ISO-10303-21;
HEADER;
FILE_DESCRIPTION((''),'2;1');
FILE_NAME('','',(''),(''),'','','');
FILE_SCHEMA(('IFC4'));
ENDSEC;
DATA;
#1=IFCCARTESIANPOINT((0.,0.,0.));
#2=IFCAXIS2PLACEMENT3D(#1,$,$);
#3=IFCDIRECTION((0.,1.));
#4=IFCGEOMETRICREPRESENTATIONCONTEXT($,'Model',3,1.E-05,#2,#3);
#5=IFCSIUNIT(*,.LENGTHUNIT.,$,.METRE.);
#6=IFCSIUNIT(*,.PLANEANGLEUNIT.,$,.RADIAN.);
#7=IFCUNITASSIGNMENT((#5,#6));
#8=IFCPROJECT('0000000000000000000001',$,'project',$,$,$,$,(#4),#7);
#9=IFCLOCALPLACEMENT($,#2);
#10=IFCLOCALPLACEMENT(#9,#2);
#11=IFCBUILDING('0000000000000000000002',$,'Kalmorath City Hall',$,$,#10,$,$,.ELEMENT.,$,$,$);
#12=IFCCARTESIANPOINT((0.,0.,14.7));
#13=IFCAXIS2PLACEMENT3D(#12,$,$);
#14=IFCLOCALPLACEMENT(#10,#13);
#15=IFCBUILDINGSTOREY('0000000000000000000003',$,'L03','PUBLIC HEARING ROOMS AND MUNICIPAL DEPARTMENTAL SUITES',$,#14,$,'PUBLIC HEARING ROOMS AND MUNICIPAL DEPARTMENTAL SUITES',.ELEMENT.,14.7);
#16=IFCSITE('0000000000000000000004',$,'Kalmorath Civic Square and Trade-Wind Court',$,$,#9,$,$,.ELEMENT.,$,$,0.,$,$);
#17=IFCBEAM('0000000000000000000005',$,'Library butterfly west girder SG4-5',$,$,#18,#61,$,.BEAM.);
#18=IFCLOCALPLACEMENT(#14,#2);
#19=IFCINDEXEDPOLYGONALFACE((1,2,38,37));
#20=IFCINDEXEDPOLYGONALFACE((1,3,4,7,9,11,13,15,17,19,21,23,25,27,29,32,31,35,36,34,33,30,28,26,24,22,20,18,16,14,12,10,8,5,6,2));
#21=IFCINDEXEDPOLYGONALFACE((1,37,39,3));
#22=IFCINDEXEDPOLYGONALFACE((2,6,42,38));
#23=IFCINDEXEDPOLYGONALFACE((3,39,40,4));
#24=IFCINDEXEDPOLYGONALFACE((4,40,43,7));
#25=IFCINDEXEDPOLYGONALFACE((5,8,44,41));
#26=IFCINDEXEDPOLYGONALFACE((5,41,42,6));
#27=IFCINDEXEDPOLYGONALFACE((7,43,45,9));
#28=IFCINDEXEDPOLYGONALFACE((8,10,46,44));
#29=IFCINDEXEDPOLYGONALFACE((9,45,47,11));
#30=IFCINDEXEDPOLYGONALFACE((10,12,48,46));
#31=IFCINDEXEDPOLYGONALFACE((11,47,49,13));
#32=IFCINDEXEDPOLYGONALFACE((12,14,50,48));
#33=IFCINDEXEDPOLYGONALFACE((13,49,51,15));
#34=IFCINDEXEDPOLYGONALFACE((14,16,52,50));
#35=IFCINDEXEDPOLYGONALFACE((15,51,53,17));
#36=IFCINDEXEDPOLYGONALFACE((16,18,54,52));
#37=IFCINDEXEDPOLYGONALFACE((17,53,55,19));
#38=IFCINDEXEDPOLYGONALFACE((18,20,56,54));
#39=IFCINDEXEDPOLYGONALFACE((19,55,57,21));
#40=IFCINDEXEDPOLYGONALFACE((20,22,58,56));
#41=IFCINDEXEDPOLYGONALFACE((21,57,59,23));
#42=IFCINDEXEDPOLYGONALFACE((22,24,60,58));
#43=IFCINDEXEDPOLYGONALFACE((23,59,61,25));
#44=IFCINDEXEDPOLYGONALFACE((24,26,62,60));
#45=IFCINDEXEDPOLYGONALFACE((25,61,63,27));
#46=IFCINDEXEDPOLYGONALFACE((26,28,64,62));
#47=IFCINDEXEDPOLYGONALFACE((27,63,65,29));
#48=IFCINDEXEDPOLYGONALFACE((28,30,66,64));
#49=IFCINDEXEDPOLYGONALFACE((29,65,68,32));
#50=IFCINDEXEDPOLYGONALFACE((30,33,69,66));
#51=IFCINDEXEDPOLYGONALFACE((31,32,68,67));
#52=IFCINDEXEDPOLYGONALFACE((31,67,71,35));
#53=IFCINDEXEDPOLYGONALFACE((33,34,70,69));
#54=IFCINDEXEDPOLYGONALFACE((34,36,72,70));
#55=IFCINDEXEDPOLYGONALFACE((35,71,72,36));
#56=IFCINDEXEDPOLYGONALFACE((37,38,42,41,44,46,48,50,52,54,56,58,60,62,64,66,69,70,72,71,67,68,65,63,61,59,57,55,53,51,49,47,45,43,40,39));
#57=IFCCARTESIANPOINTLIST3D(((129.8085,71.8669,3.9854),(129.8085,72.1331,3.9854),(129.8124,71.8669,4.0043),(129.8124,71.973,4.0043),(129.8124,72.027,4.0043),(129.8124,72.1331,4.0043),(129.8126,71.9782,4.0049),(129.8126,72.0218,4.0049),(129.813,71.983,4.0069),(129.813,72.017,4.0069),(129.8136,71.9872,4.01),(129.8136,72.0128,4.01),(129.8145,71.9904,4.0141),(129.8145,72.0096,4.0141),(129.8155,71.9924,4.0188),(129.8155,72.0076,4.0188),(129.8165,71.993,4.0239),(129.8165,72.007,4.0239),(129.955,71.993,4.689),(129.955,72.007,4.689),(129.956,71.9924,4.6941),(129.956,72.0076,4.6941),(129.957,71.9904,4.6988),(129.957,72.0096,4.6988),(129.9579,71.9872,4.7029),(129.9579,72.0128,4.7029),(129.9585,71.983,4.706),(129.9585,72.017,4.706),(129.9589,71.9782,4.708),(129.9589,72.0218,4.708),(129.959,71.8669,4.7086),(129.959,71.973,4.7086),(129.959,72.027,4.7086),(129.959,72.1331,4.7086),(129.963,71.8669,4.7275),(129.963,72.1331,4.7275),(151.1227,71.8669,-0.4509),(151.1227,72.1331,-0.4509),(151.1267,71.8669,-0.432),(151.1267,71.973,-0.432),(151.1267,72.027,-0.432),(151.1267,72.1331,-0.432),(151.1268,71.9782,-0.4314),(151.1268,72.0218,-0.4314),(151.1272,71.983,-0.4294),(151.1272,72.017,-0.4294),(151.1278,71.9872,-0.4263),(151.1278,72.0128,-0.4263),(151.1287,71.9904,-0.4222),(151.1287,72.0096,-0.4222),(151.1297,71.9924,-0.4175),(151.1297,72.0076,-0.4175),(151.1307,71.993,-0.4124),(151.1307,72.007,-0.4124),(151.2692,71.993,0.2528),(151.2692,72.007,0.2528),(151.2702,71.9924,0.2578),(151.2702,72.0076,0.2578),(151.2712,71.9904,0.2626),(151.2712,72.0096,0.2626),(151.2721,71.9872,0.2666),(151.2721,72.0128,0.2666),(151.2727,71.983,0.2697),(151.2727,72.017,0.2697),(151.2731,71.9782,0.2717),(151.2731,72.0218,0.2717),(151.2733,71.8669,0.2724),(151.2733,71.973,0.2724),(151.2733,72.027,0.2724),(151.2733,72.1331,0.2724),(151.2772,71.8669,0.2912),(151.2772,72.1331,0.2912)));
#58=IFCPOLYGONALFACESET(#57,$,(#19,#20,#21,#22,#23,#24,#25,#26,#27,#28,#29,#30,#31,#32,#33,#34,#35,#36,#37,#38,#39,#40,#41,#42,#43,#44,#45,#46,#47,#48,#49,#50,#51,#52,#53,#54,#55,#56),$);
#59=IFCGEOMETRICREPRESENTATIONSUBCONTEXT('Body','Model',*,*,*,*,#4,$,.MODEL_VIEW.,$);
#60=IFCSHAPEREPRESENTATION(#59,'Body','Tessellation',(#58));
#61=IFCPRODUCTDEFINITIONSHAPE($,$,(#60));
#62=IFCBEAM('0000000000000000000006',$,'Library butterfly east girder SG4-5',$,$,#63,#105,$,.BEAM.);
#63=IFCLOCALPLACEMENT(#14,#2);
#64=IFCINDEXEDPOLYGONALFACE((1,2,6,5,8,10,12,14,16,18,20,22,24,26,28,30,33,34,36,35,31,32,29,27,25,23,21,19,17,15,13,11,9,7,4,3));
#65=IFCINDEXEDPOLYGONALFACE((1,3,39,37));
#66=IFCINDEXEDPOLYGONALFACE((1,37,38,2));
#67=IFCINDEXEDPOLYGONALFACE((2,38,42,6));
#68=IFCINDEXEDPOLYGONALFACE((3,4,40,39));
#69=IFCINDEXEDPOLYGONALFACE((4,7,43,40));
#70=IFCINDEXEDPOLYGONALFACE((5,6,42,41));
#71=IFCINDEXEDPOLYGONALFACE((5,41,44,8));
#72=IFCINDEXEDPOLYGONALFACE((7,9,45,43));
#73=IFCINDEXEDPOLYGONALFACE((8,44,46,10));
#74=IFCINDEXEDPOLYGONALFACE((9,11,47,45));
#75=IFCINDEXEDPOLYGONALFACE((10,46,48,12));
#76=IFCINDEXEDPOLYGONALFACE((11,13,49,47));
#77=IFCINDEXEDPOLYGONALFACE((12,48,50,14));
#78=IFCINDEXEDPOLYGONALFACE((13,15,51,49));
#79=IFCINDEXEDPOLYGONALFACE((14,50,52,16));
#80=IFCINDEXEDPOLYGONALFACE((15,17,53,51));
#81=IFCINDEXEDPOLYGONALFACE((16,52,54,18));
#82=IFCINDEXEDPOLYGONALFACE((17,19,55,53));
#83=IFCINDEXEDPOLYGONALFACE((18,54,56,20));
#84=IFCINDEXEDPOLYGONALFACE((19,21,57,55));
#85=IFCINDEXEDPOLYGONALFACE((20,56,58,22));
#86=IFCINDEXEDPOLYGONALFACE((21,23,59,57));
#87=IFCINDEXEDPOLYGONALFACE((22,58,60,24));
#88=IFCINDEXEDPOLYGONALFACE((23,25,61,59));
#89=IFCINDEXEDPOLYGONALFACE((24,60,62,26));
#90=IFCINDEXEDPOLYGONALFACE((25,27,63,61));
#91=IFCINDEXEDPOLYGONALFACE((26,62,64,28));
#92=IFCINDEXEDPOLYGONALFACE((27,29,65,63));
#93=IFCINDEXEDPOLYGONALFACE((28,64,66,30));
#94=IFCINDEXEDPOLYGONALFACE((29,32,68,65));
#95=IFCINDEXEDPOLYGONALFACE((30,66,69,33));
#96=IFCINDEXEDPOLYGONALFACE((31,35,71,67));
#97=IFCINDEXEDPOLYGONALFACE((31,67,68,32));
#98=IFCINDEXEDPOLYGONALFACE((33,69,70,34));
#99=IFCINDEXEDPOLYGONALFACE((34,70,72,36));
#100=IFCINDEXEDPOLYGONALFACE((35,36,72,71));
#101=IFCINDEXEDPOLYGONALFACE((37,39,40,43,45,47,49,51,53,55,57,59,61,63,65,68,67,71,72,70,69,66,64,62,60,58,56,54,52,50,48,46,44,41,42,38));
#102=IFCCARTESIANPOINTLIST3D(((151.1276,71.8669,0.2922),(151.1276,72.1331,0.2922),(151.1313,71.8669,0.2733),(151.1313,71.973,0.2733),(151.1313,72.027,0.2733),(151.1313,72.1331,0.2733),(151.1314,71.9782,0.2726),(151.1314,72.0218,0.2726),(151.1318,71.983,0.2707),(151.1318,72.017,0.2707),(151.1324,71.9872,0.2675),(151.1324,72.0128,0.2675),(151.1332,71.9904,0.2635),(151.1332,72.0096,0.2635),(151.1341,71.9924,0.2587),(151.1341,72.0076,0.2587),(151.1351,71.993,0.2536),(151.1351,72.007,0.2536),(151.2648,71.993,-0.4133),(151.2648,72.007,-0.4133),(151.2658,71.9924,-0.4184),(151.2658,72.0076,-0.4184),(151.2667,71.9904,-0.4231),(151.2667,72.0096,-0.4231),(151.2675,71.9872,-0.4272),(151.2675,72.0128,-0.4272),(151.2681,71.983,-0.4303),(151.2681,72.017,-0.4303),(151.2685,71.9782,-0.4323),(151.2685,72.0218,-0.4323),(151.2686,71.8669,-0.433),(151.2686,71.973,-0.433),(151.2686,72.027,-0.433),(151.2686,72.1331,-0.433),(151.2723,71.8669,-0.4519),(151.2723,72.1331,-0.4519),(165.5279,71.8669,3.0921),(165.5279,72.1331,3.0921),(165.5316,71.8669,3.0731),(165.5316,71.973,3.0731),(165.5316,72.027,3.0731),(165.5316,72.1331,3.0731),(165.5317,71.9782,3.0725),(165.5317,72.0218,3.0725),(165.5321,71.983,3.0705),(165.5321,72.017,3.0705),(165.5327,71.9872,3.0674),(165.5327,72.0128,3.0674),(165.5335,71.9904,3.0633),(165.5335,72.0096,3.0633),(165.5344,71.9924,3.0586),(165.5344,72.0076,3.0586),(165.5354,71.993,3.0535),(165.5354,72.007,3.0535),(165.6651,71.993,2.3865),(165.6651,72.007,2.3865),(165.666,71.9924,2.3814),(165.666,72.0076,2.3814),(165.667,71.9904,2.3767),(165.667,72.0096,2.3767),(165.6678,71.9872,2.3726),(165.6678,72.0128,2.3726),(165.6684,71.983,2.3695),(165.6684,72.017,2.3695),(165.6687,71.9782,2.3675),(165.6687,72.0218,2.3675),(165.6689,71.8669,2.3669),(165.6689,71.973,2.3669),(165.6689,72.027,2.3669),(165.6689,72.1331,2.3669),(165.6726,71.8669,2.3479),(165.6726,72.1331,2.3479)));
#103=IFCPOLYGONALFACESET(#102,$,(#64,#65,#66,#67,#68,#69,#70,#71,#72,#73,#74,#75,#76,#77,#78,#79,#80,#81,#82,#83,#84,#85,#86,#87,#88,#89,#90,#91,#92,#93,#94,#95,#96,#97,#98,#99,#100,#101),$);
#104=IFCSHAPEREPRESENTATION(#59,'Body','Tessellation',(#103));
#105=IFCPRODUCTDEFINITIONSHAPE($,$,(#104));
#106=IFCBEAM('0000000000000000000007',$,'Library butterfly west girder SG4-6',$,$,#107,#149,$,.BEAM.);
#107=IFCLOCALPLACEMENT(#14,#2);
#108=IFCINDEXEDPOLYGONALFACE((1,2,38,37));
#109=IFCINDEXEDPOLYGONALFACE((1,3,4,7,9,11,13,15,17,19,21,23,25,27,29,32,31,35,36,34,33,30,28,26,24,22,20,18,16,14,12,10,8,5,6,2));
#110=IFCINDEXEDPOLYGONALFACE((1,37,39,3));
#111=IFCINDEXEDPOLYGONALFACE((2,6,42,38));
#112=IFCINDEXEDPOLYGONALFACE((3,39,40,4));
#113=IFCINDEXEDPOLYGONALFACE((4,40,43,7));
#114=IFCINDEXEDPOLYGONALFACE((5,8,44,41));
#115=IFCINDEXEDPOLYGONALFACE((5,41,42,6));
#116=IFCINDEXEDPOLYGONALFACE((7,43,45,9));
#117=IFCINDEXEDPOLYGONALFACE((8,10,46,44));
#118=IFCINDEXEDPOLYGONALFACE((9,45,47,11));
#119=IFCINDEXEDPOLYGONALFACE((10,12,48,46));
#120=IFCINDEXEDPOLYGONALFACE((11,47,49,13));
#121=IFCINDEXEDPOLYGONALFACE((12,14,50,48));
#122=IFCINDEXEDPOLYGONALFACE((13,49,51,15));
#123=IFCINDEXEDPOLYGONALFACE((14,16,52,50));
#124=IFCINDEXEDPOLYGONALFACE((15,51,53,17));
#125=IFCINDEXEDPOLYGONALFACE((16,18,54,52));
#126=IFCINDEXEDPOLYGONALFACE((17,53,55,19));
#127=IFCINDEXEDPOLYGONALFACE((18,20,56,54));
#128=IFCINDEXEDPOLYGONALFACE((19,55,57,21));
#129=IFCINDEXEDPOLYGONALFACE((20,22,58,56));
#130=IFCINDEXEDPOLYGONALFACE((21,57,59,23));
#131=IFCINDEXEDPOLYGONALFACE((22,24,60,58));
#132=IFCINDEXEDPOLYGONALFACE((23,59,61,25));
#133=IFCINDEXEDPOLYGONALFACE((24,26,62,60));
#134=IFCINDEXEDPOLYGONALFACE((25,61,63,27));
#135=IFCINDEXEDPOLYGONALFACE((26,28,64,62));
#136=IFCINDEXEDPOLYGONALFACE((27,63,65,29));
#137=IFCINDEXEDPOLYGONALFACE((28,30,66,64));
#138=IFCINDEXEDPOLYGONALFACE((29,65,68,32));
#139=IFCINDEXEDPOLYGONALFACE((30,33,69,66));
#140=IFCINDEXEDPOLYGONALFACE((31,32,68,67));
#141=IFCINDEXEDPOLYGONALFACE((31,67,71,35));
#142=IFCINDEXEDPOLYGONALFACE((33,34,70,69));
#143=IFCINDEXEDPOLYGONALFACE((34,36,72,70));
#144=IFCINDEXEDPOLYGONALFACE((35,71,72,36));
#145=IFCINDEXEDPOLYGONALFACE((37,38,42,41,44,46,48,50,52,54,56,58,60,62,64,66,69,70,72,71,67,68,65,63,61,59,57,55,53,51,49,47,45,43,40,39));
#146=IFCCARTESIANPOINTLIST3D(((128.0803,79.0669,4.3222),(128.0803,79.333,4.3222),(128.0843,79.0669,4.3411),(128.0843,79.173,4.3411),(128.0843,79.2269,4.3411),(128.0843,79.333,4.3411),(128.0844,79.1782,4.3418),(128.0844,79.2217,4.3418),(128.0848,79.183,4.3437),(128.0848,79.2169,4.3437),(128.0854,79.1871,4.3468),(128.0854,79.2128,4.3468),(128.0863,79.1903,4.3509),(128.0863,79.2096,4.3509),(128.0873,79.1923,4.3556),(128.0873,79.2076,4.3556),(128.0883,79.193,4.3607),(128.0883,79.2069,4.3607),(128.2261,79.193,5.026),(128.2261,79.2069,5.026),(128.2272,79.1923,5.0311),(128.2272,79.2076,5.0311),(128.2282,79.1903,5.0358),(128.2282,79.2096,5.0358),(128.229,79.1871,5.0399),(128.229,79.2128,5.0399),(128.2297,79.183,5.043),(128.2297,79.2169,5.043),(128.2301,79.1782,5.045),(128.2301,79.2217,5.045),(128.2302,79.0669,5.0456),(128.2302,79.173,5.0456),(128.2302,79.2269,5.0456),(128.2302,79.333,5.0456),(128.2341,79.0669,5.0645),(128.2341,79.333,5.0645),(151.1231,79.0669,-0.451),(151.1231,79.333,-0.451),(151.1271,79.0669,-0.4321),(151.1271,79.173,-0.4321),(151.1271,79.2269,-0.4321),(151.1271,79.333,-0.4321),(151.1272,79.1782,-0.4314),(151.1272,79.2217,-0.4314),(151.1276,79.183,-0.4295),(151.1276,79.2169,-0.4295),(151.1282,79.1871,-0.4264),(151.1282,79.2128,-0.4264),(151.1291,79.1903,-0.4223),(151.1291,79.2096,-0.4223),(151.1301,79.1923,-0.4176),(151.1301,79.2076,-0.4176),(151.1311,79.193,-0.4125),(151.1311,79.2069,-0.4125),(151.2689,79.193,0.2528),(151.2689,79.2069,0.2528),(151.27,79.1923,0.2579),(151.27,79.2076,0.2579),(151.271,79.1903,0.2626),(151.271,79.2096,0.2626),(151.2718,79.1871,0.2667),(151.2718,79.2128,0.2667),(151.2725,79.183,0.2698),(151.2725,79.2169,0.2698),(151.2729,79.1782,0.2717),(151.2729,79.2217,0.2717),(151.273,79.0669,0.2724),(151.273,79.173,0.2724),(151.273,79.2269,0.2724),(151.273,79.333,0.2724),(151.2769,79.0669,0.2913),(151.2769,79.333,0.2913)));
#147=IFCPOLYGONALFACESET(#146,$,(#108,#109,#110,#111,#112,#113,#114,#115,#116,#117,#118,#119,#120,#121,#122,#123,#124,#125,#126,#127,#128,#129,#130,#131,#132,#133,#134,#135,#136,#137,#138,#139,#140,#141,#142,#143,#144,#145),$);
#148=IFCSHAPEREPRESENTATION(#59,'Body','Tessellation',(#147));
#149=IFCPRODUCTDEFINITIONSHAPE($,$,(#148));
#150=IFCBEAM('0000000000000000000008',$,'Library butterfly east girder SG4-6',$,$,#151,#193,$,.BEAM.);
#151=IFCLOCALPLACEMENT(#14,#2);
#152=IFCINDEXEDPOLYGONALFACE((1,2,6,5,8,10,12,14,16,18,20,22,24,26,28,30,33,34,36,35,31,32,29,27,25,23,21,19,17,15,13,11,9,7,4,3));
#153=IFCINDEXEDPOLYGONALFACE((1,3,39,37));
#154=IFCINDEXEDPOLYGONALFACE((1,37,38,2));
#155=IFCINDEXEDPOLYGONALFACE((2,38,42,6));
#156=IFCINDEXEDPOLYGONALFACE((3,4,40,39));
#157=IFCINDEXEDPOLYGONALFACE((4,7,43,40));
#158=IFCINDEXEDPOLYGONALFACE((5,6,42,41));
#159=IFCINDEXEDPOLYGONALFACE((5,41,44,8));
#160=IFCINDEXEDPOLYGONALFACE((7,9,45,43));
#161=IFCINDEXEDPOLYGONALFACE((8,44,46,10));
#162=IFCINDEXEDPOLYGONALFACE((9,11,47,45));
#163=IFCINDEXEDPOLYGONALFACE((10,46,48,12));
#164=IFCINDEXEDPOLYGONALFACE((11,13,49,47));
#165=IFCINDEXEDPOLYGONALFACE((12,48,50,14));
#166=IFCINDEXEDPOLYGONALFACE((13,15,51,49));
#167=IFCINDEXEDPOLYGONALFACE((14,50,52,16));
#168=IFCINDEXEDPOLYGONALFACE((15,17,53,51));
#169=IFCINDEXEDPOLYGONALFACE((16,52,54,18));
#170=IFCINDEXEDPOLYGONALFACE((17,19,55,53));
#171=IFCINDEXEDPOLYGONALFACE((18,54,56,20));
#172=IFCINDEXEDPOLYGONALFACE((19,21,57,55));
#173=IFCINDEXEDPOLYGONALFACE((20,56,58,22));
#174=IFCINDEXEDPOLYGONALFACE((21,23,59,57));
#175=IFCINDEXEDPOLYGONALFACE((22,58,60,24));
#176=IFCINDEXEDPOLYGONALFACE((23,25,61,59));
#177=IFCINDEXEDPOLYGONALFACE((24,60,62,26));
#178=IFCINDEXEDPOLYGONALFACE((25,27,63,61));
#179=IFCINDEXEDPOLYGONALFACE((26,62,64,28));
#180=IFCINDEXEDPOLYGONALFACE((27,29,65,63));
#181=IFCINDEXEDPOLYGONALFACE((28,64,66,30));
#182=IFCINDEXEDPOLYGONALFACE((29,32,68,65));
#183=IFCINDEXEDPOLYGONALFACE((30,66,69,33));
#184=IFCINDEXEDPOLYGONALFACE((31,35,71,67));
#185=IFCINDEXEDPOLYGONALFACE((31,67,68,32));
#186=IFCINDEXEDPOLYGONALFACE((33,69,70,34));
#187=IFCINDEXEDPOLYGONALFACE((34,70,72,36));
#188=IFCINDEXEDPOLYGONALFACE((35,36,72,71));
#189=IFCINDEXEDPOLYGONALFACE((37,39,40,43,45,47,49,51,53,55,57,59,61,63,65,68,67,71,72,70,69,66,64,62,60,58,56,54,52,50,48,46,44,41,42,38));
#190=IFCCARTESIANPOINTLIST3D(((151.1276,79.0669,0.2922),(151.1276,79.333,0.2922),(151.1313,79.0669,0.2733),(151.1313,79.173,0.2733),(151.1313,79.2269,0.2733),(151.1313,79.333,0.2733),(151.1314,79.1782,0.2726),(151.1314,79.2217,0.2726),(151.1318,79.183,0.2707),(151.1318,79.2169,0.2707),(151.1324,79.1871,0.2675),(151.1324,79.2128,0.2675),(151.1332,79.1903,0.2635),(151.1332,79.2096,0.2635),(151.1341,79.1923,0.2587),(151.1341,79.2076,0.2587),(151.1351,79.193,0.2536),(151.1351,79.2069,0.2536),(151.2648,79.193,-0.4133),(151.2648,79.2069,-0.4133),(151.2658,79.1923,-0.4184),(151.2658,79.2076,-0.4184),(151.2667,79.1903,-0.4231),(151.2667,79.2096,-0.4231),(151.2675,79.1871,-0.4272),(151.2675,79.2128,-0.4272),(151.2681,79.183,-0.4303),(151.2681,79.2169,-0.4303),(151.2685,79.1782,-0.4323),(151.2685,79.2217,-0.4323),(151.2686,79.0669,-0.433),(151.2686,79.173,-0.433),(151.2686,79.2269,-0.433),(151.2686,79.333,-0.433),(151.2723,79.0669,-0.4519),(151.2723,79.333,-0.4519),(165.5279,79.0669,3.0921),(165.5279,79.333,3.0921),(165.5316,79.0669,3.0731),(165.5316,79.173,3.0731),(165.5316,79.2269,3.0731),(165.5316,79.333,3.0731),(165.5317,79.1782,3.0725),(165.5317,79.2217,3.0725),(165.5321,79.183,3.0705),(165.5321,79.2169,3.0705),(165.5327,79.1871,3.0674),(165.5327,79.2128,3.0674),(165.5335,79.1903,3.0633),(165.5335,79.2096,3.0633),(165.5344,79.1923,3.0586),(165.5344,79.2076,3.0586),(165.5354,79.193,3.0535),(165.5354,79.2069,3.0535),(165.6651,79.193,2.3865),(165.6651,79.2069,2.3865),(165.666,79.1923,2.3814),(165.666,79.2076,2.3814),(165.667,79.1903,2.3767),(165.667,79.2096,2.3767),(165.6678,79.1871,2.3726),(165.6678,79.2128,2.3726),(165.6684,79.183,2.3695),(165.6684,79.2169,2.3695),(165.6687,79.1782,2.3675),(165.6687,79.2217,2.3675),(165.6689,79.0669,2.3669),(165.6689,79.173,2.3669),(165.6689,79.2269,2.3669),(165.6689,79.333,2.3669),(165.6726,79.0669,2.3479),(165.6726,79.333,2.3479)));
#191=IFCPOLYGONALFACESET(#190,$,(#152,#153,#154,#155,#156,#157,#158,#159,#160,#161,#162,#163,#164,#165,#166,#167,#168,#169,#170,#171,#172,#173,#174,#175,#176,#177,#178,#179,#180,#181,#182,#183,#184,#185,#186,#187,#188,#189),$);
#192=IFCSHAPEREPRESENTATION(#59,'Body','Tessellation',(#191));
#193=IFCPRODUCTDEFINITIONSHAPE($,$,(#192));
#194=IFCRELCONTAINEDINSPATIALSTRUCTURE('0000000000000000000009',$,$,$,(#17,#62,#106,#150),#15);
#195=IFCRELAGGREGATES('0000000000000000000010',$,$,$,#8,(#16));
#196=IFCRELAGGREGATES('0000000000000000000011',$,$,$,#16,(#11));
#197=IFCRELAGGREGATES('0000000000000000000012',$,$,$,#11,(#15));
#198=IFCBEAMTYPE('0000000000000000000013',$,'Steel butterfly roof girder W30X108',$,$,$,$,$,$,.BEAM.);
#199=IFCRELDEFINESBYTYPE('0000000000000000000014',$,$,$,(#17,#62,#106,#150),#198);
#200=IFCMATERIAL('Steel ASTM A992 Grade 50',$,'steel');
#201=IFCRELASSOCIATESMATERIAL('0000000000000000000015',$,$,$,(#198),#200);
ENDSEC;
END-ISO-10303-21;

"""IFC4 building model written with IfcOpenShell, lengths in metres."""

from ifc_helpers import new_model, si_unit, direction, frame, origin, origin_2d, place, context, subcontext, project, spatial, i_section, extrude, material, material_profile, profile_set, type_object, element, save


model = new_model("IFC4")

# Units and contexts
model_context = context("Model", 3, precision=1e-05, world=origin(), true_north=direction((0.0, 1.0)))
body_context = subcontext(model_context, "Body", "Model", "MODEL_VIEW")
ifc_project = project(units=[si_unit("LENGTHUNIT", "METRE"), si_unit("PLANEANGLEUNIT", "RADIAN")], contexts=[model_context])

# Site, building, storey
site_placement = place(None, origin())
site = spatial("IfcSite", under=ifc_project, at=site_placement, Name="Kalmorath Civic Square and Trade-Wind Court", CompositionType="ELEMENT", RefElevation=0.0)
building_placement = place(site_placement, origin())
building = spatial("IfcBuilding", under=site, at=building_placement, Name="Kalmorath City Hall", CompositionType="ELEMENT")
storey_placement = place(building_placement, frame((0.0, 0.0, 14.7)))
storey = spatial("IfcBuildingStorey", under=building, at=storey_placement, Name="L03", Description="PUBLIC HEARING ROOMS AND MUNICIPAL DEPARTMENTAL SUITES", LongName="PUBLIC HEARING ROOMS AND MUNICIPAL DEPARTMENTAL SUITES", CompositionType="ELEMENT", Elevation=14.7)

# Beams
ifc_material_1 = material(Name="Steel ASTM A992 Grade 50", Category="steel")
ifc_material_profile_1 = material_profile(ifc_material_1, i_section(OverallWidth=0.2661, OverallDepth=0.7581, WebThickness=0.0139, FlangeThickness=0.0193, FilletRadius=0.02, at=origin_2d()), Name="W30X108")
ifc_profile_set_1 = profile_set([ifc_material_profile_1], Name="Steel ASTM A992 Grade 50")
beam_type_1 = type_object("IfcBeamType", Name="Steel butterfly roof girder W30X108", PredefinedType="BEAM", material=ifc_profile_set_1)
beam_1_placement = place(storey_placement, frame((129.8857, 72.0, 4.3564), z_axis=(0.979019, 0.0, -0.20377), x_axis=(0.0, 1.0, 0.0)))
element("IfcBeam", 1, at=beam_1_placement, inside=storey, type_object=beam_type_1, Name="Library butterfly west girder SG4-5", PredefinedType="BEAM", context=body_context, shape_type="SweptSolid", body=[
    extrude(i_section(OverallWidth=0.2661, OverallDepth=0.7581, WebThickness=0.0139, FlangeThickness=0.0193, FilletRadius=0.02, at=origin_2d()), origin(), (0.0, 0.0, 1.0), 21.771),
])
beam_2_placement = place(storey_placement, frame((151.2, 72.0, -0.0798), z_axis=(0.981618, 0.0, 0.190855), x_axis=(0.0, 1.0, 0.0)))
element("IfcBeam", 2, at=beam_2_placement, inside=storey, type_object=beam_type_1, Name="Library butterfly east girder SG4-5", PredefinedType="BEAM", context=body_context, shape_type="SweptSolid", body=[
    extrude(i_section(OverallWidth=0.2661, OverallDepth=0.7581, WebThickness=0.0139, FlangeThickness=0.0193, FilletRadius=0.02, at=origin_2d()), origin(), (0.0, 0.0, 1.0), 14.6699),
])
beam_3_placement = place(storey_placement, frame((128.1572, 79.2, 4.6934), z_axis=(0.979212, 0.0, -0.202839), x_axis=(0.0, 1.0, 0.0)))
element("IfcBeam", 3, at=beam_3_placement, inside=storey, type_object=beam_type_1, Name="Library butterfly west girder SG4-6", PredefinedType="BEAM", context=body_context, shape_type="SweptSolid", body=[
    extrude(i_section(OverallWidth=0.2661, OverallDepth=0.7581, WebThickness=0.0139, FlangeThickness=0.0193, FilletRadius=0.02, at=origin_2d()), origin(), (0.0, 0.0, 1.0), 23.532),
])
beam_4_placement = place(storey_placement, frame((151.2, 79.2, -0.0798), z_axis=(0.981618, 0.0, 0.190855), x_axis=(0.0, 1.0, 0.0)))
element("IfcBeam", 4, at=beam_4_placement, inside=storey, type_object=beam_type_1, Name="Library butterfly east girder SG4-6", PredefinedType="BEAM", context=body_context, shape_type="SweptSolid", body=[
    extrude(i_section(OverallWidth=0.2661, OverallDepth=0.7581, WebThickness=0.0139, FlangeThickness=0.0193, FilletRadius=0.02, at=origin_2d()), origin(), (0.0, 0.0, 1.0), 14.6699),
])

save(model, "model.ifc")
